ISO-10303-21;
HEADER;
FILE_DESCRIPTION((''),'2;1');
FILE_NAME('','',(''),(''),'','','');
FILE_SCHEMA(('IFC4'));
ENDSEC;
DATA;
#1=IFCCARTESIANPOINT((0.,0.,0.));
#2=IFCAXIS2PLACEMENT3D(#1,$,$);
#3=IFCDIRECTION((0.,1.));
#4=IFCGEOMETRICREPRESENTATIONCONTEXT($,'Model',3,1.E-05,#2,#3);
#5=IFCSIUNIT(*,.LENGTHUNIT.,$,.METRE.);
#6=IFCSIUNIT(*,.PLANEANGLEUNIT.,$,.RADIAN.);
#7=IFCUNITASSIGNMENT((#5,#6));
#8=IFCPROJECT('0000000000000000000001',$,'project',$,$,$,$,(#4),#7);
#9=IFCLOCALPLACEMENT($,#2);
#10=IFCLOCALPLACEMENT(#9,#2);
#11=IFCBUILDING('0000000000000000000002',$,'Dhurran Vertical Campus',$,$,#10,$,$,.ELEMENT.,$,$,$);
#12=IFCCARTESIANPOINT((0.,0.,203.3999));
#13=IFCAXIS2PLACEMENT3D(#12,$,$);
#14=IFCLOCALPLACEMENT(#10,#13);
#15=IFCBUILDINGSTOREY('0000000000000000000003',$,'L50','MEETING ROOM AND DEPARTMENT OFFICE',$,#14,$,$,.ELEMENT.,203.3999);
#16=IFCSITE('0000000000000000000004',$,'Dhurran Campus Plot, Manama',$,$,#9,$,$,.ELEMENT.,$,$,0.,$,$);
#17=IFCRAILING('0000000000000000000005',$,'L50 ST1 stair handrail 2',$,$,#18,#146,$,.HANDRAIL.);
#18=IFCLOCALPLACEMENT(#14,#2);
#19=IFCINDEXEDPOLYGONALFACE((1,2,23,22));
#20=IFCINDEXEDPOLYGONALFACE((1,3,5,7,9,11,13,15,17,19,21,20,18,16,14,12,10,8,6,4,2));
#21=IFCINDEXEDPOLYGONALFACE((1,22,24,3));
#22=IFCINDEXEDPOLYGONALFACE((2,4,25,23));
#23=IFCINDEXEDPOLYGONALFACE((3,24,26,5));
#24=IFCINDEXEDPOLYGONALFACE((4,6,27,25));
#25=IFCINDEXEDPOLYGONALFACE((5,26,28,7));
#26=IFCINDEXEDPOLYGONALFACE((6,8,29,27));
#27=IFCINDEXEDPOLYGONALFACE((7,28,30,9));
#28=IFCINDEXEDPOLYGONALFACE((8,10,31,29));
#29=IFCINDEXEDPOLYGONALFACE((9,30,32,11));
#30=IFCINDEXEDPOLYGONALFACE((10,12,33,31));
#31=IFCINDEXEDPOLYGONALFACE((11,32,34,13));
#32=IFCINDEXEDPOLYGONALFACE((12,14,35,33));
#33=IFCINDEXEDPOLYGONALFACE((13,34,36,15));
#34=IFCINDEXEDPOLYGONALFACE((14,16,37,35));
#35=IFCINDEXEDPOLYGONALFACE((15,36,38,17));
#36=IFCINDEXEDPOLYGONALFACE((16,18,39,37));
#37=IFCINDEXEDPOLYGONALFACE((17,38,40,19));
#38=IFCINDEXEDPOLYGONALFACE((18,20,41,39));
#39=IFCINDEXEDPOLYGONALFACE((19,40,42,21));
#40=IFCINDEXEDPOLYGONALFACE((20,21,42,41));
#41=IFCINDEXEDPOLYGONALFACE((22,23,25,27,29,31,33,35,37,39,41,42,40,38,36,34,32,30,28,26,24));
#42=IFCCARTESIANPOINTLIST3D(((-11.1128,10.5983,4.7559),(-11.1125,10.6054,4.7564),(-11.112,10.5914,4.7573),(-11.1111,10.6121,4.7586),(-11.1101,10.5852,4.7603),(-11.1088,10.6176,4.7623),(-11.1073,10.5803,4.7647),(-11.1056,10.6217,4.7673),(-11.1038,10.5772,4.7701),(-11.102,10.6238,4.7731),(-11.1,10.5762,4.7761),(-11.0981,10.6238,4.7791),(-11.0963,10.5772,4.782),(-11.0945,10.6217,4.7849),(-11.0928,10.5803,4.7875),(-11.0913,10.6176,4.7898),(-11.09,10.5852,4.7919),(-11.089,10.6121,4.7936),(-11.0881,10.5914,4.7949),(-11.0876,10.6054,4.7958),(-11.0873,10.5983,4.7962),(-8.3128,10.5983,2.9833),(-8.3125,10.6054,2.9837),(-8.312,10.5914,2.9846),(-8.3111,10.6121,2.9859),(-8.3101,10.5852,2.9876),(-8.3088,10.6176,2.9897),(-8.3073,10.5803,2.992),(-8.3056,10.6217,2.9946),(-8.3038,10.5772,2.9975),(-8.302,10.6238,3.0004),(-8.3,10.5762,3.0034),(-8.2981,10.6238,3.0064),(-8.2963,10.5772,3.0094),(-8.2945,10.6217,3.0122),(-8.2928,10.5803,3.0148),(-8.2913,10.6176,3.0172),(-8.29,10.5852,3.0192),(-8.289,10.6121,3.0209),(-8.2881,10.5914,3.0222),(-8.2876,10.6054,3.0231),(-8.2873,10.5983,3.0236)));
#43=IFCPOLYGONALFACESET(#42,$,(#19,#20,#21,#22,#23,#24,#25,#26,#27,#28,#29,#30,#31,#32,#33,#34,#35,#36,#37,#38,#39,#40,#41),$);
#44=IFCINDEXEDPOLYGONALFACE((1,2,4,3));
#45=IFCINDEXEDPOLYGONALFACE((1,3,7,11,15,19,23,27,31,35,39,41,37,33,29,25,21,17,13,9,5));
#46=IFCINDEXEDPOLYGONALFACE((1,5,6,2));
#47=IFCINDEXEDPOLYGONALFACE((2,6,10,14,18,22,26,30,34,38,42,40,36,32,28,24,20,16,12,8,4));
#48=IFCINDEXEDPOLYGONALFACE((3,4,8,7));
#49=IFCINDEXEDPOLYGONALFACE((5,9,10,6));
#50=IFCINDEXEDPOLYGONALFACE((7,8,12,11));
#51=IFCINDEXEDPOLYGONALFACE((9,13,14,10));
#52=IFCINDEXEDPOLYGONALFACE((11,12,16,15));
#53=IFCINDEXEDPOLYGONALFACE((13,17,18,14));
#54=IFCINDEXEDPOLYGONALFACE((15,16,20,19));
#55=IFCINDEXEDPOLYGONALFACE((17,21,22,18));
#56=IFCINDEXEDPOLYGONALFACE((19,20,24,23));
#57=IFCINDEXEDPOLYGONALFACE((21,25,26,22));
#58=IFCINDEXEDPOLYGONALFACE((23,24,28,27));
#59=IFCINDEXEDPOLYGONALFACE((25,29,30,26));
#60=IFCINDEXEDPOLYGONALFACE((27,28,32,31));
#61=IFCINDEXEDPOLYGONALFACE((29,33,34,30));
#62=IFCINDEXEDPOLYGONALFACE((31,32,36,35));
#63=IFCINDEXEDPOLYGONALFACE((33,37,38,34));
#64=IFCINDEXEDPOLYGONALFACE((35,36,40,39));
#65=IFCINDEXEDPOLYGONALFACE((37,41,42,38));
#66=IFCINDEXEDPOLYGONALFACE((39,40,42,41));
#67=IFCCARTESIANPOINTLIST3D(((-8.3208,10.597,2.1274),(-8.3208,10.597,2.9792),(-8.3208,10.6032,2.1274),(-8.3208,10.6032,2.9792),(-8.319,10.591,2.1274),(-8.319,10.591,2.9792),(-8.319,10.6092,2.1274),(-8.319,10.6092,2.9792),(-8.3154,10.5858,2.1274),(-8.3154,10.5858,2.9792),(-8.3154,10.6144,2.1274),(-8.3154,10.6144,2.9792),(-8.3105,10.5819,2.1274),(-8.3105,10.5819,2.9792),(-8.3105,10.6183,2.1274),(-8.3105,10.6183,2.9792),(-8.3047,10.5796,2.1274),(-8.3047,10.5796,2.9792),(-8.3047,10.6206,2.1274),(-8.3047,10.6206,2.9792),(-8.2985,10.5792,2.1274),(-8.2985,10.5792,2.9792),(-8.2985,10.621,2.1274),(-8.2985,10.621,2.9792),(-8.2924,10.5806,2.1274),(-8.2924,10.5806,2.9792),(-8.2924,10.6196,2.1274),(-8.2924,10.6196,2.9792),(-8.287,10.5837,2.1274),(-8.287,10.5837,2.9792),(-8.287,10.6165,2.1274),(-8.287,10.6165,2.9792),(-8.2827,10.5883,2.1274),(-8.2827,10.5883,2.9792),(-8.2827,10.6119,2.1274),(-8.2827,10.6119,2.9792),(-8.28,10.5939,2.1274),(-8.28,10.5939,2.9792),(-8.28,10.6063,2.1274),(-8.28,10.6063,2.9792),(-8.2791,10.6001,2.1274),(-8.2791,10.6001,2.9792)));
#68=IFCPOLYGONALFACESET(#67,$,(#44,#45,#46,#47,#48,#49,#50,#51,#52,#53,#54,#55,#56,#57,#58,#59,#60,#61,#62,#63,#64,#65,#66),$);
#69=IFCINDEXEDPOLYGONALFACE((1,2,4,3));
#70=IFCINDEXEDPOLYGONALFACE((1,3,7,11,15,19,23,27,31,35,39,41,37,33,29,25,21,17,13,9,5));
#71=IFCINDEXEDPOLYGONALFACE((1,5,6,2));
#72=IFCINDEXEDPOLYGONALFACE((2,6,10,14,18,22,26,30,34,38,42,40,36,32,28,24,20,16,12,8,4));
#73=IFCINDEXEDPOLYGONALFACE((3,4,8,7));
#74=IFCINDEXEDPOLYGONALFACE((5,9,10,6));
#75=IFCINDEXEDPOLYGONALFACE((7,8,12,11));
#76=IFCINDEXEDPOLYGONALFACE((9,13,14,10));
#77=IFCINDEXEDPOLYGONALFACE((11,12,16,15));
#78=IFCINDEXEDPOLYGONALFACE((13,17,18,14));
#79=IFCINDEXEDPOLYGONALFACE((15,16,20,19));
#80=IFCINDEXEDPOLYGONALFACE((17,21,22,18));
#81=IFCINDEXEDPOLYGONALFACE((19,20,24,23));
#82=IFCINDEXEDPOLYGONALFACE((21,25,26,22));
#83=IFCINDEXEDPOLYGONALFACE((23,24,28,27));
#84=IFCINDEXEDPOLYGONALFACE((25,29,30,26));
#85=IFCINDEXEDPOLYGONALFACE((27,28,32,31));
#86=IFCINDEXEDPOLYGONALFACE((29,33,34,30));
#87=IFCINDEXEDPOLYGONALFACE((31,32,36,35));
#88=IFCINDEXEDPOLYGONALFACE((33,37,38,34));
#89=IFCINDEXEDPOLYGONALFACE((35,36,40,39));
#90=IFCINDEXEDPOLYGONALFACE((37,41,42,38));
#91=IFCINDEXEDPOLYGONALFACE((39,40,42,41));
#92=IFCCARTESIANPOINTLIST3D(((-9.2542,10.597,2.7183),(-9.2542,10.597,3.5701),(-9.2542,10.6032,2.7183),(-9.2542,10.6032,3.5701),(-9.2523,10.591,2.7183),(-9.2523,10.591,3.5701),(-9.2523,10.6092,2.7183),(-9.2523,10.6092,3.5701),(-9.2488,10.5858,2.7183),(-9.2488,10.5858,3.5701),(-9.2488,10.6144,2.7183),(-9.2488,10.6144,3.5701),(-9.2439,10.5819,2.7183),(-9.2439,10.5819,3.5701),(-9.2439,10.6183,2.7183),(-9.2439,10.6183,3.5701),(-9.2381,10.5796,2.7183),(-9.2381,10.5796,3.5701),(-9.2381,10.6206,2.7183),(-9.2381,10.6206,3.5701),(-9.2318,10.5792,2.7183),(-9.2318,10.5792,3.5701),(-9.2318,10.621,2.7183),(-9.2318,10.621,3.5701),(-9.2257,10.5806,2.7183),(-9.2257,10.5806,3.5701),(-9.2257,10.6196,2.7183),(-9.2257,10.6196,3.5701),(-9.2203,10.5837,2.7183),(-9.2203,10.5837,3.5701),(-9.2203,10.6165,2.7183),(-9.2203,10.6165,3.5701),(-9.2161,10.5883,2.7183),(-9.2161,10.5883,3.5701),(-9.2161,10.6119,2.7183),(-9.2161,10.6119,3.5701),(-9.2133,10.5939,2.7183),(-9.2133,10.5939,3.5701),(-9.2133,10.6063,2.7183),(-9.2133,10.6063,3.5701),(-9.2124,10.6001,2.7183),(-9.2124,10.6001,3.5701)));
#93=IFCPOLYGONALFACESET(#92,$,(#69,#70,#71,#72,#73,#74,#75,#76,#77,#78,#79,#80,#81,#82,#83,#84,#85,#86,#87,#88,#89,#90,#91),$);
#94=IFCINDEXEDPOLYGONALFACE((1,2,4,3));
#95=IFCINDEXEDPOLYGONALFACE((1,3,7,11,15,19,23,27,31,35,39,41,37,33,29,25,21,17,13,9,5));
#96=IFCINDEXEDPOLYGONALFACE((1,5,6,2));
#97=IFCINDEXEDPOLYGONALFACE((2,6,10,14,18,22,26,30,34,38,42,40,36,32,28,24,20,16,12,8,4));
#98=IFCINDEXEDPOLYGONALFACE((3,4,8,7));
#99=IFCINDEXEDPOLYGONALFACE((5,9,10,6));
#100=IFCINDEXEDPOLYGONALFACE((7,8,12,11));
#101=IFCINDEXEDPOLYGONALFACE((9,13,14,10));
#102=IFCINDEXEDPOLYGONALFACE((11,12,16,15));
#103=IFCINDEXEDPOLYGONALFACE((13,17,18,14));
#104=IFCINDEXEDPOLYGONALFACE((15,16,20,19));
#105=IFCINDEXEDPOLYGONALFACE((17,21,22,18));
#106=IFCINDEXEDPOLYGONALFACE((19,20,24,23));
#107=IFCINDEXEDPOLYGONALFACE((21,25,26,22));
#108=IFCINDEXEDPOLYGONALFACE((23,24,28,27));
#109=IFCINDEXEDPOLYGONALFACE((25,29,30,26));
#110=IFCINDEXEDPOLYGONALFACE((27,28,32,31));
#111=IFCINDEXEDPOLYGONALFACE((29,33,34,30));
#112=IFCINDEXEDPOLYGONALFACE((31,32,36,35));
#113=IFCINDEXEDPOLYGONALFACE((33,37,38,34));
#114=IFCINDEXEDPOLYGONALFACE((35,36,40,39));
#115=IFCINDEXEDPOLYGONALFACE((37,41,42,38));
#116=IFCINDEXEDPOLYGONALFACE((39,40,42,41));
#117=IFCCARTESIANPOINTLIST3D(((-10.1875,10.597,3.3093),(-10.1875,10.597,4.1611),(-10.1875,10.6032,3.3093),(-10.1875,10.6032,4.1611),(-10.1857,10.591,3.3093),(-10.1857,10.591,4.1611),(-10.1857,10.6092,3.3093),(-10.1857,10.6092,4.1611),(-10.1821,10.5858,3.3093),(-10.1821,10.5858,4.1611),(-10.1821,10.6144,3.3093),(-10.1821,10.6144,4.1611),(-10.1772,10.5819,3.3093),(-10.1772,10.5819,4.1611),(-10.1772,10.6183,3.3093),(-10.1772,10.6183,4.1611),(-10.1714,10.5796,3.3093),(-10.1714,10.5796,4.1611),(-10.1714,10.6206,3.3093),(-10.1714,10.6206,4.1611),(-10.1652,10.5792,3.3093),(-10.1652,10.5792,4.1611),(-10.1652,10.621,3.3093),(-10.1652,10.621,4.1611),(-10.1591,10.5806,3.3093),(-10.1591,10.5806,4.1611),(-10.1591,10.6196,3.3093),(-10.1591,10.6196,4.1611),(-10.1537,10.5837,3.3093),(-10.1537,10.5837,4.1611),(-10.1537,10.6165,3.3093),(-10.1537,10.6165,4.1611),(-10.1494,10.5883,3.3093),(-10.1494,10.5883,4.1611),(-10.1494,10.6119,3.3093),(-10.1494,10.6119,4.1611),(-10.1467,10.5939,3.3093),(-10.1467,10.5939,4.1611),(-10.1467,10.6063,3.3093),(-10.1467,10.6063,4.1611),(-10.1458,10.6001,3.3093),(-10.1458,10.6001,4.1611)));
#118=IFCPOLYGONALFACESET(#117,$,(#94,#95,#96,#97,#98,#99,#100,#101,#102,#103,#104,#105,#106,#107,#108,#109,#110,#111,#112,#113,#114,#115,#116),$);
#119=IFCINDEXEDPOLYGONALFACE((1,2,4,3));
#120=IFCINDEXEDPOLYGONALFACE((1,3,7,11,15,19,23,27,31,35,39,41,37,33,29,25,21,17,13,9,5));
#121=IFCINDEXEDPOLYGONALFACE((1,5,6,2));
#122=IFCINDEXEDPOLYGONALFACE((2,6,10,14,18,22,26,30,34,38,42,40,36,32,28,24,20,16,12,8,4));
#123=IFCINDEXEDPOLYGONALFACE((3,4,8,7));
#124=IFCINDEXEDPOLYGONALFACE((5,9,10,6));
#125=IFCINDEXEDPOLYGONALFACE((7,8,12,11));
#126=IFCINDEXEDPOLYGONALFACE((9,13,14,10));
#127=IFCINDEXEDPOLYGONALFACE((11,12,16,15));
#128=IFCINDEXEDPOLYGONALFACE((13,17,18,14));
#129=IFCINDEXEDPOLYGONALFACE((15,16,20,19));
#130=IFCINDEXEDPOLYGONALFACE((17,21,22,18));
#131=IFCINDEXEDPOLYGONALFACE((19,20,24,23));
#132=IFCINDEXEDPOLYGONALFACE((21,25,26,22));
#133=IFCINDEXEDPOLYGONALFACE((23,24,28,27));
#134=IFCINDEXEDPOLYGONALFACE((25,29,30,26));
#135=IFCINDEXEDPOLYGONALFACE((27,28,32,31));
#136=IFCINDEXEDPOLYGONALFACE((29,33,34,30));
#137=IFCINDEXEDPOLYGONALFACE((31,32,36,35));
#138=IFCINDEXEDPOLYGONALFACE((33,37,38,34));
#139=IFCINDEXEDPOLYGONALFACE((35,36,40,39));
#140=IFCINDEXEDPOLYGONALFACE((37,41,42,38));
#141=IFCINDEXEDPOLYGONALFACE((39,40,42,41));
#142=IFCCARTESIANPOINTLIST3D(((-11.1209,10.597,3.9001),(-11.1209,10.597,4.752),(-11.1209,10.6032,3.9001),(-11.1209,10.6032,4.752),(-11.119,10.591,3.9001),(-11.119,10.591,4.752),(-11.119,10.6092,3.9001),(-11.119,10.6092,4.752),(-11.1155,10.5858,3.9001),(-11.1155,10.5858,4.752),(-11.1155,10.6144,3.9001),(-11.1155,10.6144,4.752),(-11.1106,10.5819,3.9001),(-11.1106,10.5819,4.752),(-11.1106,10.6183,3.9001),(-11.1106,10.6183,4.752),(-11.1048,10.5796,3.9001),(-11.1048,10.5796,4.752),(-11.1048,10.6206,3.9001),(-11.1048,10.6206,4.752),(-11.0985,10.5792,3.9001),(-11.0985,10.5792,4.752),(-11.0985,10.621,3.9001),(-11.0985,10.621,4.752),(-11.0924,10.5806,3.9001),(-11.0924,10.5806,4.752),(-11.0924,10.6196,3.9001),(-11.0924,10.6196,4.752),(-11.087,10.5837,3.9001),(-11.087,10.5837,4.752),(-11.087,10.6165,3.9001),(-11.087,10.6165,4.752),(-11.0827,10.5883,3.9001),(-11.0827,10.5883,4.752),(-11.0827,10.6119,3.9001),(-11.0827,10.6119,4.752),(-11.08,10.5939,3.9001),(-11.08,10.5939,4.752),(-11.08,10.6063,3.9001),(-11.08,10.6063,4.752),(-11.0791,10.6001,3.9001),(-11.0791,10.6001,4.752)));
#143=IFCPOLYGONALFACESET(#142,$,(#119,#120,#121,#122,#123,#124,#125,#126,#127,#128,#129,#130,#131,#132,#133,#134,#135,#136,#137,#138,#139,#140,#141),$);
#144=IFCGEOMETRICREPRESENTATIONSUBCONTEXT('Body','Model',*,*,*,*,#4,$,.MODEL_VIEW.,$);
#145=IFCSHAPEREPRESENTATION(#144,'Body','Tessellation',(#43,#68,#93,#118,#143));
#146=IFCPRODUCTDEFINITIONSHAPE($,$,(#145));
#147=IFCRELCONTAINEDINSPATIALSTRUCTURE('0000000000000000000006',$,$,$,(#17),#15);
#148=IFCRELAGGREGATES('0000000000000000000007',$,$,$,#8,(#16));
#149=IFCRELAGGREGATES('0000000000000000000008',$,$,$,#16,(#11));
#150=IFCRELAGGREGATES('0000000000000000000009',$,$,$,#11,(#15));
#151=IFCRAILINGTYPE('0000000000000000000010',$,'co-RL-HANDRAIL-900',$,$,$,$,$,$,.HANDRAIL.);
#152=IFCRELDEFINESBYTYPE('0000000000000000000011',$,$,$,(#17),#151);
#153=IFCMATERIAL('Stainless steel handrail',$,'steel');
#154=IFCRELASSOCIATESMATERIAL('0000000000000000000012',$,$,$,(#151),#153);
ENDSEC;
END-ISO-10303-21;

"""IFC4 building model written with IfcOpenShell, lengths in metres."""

from ifc_helpers import new_model, si_unit, direction, frame, origin, origin_2d, place, context, subcontext, project, spatial, circle, extrude, material, type_object, element, save


model = new_model("IFC4")

# Units and contexts
model_context = context("Model", 3, precision=1e-05, world=origin(), true_north=direction((0.0, 1.0)))
body_context = subcontext(model_context, "Body", "Model", "MODEL_VIEW")
ifc_project = project(units=[si_unit("LENGTHUNIT", "METRE"), si_unit("PLANEANGLEUNIT", "RADIAN")], contexts=[model_context])

# Site, building, storey
site_placement = place(None, origin())
site = spatial("IfcSite", under=ifc_project, at=site_placement, Name="Dhurran Campus Plot, Manama", CompositionType="ELEMENT", RefElevation=0.0)
building_placement = place(site_placement, origin())
building = spatial("IfcBuilding", under=site, at=building_placement, Name="Dhurran Vertical Campus", CompositionType="ELEMENT")
storey_placement = place(building_placement, frame((0.0, 0.0, 203.3999)))
storey = spatial("IfcBuildingStorey", under=building, at=storey_placement, Name="L50", Description="MEETING ROOM AND DEPARTMENT OFFICE", CompositionType="ELEMENT", Elevation=203.3999)

# Railing
ifc_material_1 = material(Name="Stainless steel handrail", Category="steel")
railing_type_1 = type_object("IfcRailingType", Name="co-RL-HANDRAIL-900", PredefinedType="HANDRAIL", material=ifc_material_1)
railing_1_placement = place(storey_placement, frame((-8.3, 10.6001, 2.1274)))
element("IfcRailing", 1, at=railing_1_placement, inside=storey, type_object=railing_type_1, Name="L50 ST1 stair handrail 2", PredefinedType="HANDRAIL", context=body_context, shape_type="SweptSolid", body=[
    extrude(circle(Radius=0.0239, at=origin_2d()), frame((0.0, 0.0, 0.876), z_axis=(-0.844909, 0.0, 0.53491), x_axis=(0.0, -1.0, 0.0)), (0.0, 0.0, 1.0), 3.314),
    extrude(circle(Radius=0.021, at=origin_2d()), origin(), (0.0, 0.0, 1.0), 0.8518),
    extrude(circle(Radius=0.021, at=origin_2d()), frame((-0.9333, 0.0, 0.5908)), (0.0, 0.0, 1.0), 0.8518),
    extrude(circle(Radius=0.021, at=origin_2d()), frame((-1.8667, 0.0, 1.1819)), (0.0, 0.0, 1.0), 0.8518),
    extrude(circle(Radius=0.021, at=origin_2d()), frame((-2.8, 0.0, 1.7727)), (0.0, 0.0, 1.0), 0.8518),
])

save(model, "model.ifc")
